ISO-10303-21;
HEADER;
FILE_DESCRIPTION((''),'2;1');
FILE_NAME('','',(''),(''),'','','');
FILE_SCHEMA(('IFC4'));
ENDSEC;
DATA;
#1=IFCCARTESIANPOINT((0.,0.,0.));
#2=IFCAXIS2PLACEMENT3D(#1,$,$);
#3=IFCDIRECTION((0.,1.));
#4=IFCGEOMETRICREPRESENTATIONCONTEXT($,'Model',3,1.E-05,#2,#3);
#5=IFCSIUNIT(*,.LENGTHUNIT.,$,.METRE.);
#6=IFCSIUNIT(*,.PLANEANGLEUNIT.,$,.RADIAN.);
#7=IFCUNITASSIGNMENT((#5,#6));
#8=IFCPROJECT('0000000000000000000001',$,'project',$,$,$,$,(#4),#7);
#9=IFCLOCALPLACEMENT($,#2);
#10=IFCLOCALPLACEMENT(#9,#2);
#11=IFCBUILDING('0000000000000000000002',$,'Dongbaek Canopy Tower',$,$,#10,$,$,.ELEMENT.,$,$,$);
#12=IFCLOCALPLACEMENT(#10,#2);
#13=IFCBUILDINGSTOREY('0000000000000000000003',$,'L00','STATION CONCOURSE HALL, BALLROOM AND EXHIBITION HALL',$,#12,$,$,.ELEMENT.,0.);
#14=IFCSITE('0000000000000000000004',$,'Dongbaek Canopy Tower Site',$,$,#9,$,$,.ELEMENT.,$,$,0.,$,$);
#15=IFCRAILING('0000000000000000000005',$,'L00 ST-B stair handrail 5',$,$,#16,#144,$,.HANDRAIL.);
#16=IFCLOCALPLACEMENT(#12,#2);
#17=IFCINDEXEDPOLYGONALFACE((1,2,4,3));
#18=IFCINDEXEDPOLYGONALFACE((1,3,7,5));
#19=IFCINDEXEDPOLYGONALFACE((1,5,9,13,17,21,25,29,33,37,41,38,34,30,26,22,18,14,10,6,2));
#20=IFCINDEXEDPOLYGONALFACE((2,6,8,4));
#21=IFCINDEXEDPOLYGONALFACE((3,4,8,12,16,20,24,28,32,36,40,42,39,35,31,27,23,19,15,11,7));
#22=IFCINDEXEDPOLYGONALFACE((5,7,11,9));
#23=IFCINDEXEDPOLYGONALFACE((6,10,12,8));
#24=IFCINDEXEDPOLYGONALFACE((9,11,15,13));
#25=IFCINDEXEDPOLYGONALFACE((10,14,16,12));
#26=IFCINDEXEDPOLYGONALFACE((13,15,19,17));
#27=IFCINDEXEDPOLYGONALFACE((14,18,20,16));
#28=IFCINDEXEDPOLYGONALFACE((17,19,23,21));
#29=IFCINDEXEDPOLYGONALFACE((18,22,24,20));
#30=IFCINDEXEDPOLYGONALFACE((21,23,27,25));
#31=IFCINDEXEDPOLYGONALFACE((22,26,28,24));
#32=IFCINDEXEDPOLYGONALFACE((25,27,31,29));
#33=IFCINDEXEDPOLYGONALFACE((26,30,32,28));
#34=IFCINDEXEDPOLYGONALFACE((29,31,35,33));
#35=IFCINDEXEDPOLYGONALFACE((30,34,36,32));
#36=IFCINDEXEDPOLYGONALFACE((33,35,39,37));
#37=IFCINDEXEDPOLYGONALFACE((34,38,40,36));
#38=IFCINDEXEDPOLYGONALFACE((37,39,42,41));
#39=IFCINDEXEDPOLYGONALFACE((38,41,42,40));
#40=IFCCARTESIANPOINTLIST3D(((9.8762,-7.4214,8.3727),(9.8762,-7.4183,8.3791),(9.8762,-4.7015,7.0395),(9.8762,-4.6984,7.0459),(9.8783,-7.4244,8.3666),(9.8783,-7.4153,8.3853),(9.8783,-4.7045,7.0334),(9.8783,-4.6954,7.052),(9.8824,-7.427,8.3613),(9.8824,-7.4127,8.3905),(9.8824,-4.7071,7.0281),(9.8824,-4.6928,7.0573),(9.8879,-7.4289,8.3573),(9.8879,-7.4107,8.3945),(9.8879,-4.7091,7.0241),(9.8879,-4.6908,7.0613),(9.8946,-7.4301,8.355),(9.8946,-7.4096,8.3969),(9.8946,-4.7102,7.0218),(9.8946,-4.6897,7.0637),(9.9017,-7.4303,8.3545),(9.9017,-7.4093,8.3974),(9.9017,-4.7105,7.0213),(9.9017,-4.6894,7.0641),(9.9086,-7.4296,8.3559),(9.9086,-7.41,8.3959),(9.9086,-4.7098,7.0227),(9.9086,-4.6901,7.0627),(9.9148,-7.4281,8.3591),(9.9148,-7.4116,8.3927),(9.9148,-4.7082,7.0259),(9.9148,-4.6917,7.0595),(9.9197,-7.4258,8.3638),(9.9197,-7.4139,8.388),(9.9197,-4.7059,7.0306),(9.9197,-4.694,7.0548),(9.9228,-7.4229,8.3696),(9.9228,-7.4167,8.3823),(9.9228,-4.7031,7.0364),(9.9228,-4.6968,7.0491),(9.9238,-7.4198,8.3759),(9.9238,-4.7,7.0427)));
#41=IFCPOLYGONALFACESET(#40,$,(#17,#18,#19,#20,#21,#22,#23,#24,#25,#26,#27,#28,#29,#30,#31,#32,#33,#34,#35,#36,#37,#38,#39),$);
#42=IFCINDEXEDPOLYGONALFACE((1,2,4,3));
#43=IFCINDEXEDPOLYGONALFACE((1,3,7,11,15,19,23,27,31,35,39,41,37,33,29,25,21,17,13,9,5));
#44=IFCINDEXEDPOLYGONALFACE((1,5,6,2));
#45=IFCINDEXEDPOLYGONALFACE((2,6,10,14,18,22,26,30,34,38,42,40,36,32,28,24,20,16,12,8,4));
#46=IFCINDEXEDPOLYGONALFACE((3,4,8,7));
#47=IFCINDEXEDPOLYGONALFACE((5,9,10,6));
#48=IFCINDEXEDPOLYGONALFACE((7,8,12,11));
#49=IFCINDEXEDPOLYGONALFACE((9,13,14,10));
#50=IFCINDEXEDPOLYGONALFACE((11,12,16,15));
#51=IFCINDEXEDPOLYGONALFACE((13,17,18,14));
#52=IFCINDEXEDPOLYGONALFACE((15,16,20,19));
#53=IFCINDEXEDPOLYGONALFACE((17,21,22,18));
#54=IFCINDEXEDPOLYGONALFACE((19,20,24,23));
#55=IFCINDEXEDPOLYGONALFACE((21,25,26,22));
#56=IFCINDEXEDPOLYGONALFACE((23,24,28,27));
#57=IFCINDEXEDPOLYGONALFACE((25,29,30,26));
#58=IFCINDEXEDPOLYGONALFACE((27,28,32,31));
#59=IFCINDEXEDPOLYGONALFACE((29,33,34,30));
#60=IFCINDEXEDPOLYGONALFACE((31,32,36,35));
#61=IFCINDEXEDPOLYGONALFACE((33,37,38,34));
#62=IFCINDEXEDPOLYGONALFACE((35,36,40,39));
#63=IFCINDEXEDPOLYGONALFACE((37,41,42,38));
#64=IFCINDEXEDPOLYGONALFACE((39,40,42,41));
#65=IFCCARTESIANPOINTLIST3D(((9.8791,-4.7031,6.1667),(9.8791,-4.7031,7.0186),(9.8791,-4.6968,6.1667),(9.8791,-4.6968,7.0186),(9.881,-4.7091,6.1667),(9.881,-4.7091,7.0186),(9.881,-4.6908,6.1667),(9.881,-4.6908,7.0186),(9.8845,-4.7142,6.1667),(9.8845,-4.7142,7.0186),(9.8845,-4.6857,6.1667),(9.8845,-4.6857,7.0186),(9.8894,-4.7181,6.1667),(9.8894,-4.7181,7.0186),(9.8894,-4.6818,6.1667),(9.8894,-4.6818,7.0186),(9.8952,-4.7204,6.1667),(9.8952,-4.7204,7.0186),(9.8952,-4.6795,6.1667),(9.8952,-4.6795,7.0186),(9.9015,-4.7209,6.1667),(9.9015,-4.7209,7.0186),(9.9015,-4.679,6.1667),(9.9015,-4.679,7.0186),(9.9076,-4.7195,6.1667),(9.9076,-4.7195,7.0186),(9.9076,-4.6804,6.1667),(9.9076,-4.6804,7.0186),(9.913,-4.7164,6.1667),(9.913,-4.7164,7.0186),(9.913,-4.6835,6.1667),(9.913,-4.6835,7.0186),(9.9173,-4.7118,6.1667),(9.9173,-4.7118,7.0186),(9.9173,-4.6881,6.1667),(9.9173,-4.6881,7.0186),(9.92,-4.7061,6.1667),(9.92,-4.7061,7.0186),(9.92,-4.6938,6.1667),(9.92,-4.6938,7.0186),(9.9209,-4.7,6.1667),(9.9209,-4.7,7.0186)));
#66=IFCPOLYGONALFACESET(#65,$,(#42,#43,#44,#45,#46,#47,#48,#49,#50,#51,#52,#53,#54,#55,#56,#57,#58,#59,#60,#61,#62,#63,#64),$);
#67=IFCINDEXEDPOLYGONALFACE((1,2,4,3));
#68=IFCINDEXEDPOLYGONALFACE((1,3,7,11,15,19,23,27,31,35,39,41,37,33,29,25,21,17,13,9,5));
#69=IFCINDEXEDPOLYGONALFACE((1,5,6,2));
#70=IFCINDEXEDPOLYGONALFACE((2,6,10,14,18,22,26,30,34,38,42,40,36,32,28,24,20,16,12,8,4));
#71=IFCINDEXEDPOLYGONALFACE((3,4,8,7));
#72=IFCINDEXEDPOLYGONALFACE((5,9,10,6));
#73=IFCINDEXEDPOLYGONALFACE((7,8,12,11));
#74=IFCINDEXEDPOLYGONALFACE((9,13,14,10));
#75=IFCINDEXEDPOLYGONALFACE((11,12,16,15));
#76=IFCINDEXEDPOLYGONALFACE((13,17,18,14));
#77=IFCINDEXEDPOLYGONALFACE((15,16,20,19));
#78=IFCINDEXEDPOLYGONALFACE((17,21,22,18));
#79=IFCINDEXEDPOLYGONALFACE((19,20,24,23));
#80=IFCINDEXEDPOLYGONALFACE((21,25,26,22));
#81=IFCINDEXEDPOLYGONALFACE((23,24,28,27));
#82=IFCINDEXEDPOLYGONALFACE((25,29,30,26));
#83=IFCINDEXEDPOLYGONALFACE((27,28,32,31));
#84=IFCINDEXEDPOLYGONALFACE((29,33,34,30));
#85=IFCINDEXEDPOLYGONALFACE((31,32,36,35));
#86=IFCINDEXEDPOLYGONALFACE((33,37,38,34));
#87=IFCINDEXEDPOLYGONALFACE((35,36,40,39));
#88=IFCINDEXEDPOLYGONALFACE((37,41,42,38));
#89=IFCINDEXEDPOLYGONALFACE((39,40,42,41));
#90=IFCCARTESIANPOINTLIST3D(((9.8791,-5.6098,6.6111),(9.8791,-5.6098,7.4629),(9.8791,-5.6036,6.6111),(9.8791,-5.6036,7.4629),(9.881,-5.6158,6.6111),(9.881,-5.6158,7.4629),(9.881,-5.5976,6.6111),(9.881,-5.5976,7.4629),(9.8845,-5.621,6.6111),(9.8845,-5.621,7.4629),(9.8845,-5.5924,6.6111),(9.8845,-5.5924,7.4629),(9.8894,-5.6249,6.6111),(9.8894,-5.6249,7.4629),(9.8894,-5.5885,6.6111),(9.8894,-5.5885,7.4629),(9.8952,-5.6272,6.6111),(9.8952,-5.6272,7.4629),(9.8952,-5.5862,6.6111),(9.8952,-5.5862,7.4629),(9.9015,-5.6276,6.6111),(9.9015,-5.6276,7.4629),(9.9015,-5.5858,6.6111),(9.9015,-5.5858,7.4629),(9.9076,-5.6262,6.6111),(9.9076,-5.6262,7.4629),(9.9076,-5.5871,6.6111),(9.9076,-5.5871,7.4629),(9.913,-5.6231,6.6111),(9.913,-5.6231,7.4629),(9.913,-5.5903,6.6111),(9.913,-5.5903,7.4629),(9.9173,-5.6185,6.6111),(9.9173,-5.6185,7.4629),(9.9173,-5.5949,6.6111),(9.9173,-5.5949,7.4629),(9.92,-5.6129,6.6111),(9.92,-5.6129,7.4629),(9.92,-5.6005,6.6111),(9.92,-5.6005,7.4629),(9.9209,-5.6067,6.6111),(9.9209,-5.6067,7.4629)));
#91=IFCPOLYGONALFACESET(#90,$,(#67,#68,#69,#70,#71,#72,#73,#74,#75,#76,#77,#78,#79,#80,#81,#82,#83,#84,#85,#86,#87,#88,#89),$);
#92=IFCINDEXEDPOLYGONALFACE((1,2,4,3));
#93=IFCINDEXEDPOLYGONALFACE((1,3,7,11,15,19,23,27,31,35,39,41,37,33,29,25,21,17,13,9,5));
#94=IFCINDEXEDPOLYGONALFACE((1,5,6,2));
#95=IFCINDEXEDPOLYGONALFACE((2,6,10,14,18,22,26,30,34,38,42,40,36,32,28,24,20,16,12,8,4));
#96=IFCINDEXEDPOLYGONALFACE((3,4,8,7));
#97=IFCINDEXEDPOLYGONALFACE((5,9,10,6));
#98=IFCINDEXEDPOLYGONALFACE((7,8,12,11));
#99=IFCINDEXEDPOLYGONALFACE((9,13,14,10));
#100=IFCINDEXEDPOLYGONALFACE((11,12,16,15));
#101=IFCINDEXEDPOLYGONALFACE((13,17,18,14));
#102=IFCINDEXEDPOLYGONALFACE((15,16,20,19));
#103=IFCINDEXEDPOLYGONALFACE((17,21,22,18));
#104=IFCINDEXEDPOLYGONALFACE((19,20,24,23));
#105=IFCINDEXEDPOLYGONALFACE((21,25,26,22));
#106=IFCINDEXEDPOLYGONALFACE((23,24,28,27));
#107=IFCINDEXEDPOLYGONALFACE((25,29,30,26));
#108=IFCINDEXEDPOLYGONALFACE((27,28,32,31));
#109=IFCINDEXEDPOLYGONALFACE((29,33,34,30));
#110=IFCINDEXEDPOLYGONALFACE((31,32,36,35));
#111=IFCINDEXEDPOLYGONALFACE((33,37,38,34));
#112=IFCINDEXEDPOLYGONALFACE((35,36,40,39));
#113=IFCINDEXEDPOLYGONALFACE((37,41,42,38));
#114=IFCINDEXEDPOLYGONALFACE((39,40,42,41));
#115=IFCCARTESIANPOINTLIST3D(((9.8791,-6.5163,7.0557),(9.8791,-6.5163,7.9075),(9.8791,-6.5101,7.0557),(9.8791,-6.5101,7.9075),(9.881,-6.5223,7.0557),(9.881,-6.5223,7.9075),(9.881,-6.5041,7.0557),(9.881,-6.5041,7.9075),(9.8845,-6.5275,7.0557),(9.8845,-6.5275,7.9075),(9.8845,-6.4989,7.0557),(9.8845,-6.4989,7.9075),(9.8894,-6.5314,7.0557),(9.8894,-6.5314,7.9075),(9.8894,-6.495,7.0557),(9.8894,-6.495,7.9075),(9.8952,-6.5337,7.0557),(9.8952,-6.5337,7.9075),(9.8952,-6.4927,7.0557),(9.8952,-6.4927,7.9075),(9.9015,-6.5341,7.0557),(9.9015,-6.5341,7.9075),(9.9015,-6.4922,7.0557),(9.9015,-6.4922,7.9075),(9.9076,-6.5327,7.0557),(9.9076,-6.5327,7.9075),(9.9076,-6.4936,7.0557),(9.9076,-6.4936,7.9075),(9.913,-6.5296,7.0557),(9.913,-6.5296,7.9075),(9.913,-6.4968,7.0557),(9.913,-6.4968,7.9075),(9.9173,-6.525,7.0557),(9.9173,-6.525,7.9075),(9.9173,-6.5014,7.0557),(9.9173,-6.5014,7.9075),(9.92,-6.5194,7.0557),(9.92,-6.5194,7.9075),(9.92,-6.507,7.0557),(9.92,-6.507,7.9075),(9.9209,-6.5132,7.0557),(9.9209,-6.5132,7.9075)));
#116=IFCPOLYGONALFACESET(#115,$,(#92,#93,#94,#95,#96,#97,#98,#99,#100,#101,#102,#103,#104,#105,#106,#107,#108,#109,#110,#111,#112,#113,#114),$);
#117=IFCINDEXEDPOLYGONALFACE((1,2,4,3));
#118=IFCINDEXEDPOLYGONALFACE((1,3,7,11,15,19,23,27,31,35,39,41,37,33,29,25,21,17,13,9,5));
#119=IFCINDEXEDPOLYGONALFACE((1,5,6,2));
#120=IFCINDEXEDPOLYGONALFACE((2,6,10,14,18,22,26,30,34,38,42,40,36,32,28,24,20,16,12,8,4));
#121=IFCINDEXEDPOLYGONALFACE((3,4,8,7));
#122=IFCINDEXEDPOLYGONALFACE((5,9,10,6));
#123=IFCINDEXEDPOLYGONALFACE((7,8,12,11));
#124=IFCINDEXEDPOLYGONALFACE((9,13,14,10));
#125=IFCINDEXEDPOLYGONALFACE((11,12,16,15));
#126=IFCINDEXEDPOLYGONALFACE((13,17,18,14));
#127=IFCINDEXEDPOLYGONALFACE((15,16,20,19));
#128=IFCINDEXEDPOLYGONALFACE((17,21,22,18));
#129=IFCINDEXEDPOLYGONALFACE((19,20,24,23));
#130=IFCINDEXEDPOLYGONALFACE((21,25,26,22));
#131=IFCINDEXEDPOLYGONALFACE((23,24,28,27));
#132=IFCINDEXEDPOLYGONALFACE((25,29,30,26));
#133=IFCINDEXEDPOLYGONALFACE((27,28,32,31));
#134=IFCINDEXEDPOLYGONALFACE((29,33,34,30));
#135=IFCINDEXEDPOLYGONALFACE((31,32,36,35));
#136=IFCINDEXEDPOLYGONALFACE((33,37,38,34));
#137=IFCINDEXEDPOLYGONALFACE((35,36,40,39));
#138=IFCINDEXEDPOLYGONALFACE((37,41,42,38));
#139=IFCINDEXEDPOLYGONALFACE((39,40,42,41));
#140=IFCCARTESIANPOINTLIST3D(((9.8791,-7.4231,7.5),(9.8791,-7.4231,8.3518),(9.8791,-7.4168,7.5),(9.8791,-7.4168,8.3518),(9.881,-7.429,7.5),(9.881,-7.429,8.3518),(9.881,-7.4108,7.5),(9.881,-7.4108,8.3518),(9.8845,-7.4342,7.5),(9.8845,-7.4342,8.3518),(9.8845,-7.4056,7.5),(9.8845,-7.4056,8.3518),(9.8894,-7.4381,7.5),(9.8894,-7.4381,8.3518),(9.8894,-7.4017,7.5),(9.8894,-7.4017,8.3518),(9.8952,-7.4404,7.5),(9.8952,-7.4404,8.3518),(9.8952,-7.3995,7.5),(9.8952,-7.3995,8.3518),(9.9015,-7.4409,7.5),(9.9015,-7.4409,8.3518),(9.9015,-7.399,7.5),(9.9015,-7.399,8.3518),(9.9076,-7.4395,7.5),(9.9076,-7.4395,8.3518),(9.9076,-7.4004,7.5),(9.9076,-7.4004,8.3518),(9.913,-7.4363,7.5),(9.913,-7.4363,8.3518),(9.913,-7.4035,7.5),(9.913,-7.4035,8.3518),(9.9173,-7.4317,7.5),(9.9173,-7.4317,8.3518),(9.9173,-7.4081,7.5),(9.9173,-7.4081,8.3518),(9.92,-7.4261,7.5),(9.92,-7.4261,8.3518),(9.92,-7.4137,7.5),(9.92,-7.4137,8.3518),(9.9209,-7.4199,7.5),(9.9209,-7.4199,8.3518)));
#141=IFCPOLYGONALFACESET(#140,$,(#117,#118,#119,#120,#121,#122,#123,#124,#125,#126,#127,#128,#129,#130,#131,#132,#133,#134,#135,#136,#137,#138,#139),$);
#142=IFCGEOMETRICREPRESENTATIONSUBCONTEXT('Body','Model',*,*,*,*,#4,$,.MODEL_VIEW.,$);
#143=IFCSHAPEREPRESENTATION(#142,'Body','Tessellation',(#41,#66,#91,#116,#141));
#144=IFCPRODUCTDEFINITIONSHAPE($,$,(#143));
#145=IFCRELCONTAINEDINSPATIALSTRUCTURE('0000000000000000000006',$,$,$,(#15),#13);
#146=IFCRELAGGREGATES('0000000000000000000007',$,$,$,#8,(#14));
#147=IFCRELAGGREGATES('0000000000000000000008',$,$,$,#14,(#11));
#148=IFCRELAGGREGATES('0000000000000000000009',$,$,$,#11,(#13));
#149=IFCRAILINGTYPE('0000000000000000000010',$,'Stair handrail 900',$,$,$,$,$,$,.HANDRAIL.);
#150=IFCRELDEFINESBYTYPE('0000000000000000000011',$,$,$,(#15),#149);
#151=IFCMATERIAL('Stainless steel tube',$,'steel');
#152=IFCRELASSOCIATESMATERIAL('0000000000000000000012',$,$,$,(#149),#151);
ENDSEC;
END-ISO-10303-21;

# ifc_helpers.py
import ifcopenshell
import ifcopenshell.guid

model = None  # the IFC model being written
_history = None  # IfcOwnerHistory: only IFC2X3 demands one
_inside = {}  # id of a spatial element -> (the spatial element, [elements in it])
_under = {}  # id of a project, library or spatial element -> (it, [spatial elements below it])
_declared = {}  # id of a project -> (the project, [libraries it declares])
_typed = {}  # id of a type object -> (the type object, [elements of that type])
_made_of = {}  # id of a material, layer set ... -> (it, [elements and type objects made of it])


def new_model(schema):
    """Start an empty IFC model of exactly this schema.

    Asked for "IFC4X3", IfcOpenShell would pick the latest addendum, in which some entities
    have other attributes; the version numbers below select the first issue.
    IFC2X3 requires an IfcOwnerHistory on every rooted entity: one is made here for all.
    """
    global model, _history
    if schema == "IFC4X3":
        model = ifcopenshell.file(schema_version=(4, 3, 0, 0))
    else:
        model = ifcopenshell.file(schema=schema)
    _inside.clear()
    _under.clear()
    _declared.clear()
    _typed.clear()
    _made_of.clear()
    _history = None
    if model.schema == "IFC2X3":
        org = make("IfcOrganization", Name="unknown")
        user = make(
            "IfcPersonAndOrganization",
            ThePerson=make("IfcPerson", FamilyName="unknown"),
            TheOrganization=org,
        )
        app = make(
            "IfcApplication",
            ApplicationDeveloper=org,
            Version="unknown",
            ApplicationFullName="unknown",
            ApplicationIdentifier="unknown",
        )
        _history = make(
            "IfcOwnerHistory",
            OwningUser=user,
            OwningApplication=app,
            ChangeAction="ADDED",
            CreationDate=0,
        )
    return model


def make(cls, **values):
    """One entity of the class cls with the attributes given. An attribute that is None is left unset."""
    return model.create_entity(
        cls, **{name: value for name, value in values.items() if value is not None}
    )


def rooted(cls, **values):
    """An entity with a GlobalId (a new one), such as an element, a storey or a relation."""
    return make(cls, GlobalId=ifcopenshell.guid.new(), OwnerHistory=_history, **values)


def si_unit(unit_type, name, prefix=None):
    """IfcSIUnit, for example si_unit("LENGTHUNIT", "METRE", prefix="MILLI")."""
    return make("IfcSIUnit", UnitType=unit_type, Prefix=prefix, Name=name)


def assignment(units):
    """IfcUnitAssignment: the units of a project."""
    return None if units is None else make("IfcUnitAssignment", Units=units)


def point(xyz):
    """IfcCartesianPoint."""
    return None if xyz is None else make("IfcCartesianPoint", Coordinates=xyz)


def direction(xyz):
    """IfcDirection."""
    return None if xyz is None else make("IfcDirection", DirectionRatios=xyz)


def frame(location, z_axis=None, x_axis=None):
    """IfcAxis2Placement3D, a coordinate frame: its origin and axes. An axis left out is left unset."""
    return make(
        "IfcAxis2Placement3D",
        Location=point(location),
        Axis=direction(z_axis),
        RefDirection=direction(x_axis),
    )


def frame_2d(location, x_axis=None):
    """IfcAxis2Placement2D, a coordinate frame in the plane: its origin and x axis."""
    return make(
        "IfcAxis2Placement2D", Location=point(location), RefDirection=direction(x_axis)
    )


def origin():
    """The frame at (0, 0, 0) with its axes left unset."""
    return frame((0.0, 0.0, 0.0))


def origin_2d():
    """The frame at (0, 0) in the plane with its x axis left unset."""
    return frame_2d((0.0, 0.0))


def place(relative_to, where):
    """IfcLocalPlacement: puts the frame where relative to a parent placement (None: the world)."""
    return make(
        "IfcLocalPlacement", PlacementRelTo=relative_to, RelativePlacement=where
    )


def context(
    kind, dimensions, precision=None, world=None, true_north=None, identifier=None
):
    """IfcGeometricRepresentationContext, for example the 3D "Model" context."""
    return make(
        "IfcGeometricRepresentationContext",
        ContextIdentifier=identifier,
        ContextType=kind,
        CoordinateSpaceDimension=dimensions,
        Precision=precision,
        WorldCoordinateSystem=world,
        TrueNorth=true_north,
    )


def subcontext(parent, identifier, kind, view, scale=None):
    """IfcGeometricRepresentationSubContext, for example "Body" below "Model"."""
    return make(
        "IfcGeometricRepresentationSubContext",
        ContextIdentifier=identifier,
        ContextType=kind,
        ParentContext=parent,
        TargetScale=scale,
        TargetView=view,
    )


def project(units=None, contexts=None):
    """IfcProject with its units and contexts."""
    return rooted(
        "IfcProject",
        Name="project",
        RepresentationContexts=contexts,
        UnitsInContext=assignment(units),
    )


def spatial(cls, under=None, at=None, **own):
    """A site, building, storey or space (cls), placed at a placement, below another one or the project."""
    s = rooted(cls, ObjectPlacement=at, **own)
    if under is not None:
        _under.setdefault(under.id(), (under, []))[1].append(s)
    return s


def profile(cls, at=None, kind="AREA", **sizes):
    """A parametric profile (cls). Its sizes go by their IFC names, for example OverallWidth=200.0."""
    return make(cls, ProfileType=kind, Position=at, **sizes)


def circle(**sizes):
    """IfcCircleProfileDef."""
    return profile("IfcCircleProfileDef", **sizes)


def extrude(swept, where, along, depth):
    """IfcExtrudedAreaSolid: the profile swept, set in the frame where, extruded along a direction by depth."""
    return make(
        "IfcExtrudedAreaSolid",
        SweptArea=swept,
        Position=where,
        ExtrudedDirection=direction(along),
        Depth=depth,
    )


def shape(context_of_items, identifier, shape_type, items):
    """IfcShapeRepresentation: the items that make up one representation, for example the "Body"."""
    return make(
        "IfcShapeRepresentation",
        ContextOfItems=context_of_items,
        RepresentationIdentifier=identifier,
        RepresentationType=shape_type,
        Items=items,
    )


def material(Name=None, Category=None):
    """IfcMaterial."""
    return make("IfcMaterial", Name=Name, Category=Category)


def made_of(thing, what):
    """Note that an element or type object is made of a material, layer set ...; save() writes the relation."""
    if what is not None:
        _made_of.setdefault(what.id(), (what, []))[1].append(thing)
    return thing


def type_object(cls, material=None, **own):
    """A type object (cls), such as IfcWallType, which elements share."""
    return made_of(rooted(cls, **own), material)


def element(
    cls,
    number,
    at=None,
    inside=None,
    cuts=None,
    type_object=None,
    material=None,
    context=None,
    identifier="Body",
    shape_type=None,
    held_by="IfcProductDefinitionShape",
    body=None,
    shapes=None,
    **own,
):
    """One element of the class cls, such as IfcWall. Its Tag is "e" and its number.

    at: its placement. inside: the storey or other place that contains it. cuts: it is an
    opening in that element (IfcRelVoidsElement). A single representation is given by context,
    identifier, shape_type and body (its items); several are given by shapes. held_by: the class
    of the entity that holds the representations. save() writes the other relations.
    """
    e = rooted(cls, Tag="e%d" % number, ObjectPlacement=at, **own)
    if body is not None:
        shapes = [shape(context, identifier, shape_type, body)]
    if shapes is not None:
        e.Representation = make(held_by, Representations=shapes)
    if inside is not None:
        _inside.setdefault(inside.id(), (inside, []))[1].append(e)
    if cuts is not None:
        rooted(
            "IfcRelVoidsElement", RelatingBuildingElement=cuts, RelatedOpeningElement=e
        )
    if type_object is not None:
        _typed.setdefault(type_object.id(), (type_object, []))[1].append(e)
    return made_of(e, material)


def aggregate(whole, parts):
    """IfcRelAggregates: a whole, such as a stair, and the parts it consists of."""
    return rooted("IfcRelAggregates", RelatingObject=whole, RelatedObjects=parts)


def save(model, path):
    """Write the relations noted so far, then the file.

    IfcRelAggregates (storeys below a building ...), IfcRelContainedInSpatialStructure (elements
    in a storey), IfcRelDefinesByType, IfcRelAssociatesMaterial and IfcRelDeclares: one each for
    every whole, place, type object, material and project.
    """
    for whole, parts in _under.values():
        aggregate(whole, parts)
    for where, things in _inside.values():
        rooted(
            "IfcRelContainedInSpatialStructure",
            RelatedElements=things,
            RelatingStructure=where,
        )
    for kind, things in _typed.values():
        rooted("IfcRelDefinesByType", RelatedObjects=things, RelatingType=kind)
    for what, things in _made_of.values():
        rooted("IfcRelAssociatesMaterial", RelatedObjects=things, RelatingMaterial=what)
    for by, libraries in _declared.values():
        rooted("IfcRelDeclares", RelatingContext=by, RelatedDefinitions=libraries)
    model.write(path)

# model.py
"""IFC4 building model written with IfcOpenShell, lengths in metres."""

from ifc_helpers import new_model, si_unit, direction, frame, origin, origin_2d, place, context, subcontext, project, spatial, circle, extrude, material, type_object, element, save


model = new_model("IFC4")

# Units and contexts
model_context = context("Model", 3, precision=1e-05, world=origin(), true_north=direction((0.0, 1.0)))
body_context = subcontext(model_context, "Body", "Model", "MODEL_VIEW")
ifc_project = project(units=[si_unit("LENGTHUNIT", "METRE"), si_unit("PLANEANGLEUNIT", "RADIAN")], contexts=[model_context])

# Site, building, storey
site_placement = place(None, origin())
site = spatial("IfcSite", under=ifc_project, at=site_placement, Name="Dongbaek Canopy Tower Site", CompositionType="ELEMENT", RefElevation=0.0)
building_placement = place(site_placement, origin())
building = spatial("IfcBuilding", under=site, at=building_placement, Name="Dongbaek Canopy Tower", CompositionType="ELEMENT")
storey_placement = place(building_placement, origin())
storey = spatial("IfcBuildingStorey", under=building, at=storey_placement, Name="L00", Description="STATION CONCOURSE HALL, BALLROOM AND EXHIBITION HALL", CompositionType="ELEMENT", Elevation=0.0)

# Railing
ifc_material_1 = material(Name="Stainless steel tube", Category="steel")
railing_type_1 = type_object("IfcRailingType", Name="Stair handrail 900", PredefinedType="HANDRAIL", material=ifc_material_1)
railing_1_placement = place(storey_placement, frame((9.8999, -4.7, 6.1667)))
element("IfcRailing", 1, at=railing_1_placement, inside=storey, type_object=railing_type_1, Name="L00 ST-B stair handrail 5", PredefinedType="HANDRAIL", context=body_context, shape_type="SweptSolid", body=[
    extrude(circle(Radius=0.0239, at=origin_2d()), frame((0.0, 0.0, 0.876), z_axis=(0.0, -0.897929, 0.440139), x_axis=(1.0, 0.0, 0.0)), (0.0, 0.0, 1.0), 3.0291),
    extrude(circle(Radius=0.021, at=origin_2d()), origin(), (0.0, 0.0, 1.0), 0.8518),
    extrude(circle(Radius=0.021, at=origin_2d()), frame((0.0, -0.9067, 0.4443)), (0.0, 0.0, 1.0), 0.8518),
    extrude(circle(Radius=0.021, at=origin_2d()), frame((0.0, -1.8132, 0.8889)), (0.0, 0.0, 1.0), 0.8518),
    extrude(circle(Radius=0.021, at=origin_2d()), frame((0.0, -2.72, 1.3333)), (0.0, 0.0, 1.0), 0.8518),
])

save(model, "model.ifc")
